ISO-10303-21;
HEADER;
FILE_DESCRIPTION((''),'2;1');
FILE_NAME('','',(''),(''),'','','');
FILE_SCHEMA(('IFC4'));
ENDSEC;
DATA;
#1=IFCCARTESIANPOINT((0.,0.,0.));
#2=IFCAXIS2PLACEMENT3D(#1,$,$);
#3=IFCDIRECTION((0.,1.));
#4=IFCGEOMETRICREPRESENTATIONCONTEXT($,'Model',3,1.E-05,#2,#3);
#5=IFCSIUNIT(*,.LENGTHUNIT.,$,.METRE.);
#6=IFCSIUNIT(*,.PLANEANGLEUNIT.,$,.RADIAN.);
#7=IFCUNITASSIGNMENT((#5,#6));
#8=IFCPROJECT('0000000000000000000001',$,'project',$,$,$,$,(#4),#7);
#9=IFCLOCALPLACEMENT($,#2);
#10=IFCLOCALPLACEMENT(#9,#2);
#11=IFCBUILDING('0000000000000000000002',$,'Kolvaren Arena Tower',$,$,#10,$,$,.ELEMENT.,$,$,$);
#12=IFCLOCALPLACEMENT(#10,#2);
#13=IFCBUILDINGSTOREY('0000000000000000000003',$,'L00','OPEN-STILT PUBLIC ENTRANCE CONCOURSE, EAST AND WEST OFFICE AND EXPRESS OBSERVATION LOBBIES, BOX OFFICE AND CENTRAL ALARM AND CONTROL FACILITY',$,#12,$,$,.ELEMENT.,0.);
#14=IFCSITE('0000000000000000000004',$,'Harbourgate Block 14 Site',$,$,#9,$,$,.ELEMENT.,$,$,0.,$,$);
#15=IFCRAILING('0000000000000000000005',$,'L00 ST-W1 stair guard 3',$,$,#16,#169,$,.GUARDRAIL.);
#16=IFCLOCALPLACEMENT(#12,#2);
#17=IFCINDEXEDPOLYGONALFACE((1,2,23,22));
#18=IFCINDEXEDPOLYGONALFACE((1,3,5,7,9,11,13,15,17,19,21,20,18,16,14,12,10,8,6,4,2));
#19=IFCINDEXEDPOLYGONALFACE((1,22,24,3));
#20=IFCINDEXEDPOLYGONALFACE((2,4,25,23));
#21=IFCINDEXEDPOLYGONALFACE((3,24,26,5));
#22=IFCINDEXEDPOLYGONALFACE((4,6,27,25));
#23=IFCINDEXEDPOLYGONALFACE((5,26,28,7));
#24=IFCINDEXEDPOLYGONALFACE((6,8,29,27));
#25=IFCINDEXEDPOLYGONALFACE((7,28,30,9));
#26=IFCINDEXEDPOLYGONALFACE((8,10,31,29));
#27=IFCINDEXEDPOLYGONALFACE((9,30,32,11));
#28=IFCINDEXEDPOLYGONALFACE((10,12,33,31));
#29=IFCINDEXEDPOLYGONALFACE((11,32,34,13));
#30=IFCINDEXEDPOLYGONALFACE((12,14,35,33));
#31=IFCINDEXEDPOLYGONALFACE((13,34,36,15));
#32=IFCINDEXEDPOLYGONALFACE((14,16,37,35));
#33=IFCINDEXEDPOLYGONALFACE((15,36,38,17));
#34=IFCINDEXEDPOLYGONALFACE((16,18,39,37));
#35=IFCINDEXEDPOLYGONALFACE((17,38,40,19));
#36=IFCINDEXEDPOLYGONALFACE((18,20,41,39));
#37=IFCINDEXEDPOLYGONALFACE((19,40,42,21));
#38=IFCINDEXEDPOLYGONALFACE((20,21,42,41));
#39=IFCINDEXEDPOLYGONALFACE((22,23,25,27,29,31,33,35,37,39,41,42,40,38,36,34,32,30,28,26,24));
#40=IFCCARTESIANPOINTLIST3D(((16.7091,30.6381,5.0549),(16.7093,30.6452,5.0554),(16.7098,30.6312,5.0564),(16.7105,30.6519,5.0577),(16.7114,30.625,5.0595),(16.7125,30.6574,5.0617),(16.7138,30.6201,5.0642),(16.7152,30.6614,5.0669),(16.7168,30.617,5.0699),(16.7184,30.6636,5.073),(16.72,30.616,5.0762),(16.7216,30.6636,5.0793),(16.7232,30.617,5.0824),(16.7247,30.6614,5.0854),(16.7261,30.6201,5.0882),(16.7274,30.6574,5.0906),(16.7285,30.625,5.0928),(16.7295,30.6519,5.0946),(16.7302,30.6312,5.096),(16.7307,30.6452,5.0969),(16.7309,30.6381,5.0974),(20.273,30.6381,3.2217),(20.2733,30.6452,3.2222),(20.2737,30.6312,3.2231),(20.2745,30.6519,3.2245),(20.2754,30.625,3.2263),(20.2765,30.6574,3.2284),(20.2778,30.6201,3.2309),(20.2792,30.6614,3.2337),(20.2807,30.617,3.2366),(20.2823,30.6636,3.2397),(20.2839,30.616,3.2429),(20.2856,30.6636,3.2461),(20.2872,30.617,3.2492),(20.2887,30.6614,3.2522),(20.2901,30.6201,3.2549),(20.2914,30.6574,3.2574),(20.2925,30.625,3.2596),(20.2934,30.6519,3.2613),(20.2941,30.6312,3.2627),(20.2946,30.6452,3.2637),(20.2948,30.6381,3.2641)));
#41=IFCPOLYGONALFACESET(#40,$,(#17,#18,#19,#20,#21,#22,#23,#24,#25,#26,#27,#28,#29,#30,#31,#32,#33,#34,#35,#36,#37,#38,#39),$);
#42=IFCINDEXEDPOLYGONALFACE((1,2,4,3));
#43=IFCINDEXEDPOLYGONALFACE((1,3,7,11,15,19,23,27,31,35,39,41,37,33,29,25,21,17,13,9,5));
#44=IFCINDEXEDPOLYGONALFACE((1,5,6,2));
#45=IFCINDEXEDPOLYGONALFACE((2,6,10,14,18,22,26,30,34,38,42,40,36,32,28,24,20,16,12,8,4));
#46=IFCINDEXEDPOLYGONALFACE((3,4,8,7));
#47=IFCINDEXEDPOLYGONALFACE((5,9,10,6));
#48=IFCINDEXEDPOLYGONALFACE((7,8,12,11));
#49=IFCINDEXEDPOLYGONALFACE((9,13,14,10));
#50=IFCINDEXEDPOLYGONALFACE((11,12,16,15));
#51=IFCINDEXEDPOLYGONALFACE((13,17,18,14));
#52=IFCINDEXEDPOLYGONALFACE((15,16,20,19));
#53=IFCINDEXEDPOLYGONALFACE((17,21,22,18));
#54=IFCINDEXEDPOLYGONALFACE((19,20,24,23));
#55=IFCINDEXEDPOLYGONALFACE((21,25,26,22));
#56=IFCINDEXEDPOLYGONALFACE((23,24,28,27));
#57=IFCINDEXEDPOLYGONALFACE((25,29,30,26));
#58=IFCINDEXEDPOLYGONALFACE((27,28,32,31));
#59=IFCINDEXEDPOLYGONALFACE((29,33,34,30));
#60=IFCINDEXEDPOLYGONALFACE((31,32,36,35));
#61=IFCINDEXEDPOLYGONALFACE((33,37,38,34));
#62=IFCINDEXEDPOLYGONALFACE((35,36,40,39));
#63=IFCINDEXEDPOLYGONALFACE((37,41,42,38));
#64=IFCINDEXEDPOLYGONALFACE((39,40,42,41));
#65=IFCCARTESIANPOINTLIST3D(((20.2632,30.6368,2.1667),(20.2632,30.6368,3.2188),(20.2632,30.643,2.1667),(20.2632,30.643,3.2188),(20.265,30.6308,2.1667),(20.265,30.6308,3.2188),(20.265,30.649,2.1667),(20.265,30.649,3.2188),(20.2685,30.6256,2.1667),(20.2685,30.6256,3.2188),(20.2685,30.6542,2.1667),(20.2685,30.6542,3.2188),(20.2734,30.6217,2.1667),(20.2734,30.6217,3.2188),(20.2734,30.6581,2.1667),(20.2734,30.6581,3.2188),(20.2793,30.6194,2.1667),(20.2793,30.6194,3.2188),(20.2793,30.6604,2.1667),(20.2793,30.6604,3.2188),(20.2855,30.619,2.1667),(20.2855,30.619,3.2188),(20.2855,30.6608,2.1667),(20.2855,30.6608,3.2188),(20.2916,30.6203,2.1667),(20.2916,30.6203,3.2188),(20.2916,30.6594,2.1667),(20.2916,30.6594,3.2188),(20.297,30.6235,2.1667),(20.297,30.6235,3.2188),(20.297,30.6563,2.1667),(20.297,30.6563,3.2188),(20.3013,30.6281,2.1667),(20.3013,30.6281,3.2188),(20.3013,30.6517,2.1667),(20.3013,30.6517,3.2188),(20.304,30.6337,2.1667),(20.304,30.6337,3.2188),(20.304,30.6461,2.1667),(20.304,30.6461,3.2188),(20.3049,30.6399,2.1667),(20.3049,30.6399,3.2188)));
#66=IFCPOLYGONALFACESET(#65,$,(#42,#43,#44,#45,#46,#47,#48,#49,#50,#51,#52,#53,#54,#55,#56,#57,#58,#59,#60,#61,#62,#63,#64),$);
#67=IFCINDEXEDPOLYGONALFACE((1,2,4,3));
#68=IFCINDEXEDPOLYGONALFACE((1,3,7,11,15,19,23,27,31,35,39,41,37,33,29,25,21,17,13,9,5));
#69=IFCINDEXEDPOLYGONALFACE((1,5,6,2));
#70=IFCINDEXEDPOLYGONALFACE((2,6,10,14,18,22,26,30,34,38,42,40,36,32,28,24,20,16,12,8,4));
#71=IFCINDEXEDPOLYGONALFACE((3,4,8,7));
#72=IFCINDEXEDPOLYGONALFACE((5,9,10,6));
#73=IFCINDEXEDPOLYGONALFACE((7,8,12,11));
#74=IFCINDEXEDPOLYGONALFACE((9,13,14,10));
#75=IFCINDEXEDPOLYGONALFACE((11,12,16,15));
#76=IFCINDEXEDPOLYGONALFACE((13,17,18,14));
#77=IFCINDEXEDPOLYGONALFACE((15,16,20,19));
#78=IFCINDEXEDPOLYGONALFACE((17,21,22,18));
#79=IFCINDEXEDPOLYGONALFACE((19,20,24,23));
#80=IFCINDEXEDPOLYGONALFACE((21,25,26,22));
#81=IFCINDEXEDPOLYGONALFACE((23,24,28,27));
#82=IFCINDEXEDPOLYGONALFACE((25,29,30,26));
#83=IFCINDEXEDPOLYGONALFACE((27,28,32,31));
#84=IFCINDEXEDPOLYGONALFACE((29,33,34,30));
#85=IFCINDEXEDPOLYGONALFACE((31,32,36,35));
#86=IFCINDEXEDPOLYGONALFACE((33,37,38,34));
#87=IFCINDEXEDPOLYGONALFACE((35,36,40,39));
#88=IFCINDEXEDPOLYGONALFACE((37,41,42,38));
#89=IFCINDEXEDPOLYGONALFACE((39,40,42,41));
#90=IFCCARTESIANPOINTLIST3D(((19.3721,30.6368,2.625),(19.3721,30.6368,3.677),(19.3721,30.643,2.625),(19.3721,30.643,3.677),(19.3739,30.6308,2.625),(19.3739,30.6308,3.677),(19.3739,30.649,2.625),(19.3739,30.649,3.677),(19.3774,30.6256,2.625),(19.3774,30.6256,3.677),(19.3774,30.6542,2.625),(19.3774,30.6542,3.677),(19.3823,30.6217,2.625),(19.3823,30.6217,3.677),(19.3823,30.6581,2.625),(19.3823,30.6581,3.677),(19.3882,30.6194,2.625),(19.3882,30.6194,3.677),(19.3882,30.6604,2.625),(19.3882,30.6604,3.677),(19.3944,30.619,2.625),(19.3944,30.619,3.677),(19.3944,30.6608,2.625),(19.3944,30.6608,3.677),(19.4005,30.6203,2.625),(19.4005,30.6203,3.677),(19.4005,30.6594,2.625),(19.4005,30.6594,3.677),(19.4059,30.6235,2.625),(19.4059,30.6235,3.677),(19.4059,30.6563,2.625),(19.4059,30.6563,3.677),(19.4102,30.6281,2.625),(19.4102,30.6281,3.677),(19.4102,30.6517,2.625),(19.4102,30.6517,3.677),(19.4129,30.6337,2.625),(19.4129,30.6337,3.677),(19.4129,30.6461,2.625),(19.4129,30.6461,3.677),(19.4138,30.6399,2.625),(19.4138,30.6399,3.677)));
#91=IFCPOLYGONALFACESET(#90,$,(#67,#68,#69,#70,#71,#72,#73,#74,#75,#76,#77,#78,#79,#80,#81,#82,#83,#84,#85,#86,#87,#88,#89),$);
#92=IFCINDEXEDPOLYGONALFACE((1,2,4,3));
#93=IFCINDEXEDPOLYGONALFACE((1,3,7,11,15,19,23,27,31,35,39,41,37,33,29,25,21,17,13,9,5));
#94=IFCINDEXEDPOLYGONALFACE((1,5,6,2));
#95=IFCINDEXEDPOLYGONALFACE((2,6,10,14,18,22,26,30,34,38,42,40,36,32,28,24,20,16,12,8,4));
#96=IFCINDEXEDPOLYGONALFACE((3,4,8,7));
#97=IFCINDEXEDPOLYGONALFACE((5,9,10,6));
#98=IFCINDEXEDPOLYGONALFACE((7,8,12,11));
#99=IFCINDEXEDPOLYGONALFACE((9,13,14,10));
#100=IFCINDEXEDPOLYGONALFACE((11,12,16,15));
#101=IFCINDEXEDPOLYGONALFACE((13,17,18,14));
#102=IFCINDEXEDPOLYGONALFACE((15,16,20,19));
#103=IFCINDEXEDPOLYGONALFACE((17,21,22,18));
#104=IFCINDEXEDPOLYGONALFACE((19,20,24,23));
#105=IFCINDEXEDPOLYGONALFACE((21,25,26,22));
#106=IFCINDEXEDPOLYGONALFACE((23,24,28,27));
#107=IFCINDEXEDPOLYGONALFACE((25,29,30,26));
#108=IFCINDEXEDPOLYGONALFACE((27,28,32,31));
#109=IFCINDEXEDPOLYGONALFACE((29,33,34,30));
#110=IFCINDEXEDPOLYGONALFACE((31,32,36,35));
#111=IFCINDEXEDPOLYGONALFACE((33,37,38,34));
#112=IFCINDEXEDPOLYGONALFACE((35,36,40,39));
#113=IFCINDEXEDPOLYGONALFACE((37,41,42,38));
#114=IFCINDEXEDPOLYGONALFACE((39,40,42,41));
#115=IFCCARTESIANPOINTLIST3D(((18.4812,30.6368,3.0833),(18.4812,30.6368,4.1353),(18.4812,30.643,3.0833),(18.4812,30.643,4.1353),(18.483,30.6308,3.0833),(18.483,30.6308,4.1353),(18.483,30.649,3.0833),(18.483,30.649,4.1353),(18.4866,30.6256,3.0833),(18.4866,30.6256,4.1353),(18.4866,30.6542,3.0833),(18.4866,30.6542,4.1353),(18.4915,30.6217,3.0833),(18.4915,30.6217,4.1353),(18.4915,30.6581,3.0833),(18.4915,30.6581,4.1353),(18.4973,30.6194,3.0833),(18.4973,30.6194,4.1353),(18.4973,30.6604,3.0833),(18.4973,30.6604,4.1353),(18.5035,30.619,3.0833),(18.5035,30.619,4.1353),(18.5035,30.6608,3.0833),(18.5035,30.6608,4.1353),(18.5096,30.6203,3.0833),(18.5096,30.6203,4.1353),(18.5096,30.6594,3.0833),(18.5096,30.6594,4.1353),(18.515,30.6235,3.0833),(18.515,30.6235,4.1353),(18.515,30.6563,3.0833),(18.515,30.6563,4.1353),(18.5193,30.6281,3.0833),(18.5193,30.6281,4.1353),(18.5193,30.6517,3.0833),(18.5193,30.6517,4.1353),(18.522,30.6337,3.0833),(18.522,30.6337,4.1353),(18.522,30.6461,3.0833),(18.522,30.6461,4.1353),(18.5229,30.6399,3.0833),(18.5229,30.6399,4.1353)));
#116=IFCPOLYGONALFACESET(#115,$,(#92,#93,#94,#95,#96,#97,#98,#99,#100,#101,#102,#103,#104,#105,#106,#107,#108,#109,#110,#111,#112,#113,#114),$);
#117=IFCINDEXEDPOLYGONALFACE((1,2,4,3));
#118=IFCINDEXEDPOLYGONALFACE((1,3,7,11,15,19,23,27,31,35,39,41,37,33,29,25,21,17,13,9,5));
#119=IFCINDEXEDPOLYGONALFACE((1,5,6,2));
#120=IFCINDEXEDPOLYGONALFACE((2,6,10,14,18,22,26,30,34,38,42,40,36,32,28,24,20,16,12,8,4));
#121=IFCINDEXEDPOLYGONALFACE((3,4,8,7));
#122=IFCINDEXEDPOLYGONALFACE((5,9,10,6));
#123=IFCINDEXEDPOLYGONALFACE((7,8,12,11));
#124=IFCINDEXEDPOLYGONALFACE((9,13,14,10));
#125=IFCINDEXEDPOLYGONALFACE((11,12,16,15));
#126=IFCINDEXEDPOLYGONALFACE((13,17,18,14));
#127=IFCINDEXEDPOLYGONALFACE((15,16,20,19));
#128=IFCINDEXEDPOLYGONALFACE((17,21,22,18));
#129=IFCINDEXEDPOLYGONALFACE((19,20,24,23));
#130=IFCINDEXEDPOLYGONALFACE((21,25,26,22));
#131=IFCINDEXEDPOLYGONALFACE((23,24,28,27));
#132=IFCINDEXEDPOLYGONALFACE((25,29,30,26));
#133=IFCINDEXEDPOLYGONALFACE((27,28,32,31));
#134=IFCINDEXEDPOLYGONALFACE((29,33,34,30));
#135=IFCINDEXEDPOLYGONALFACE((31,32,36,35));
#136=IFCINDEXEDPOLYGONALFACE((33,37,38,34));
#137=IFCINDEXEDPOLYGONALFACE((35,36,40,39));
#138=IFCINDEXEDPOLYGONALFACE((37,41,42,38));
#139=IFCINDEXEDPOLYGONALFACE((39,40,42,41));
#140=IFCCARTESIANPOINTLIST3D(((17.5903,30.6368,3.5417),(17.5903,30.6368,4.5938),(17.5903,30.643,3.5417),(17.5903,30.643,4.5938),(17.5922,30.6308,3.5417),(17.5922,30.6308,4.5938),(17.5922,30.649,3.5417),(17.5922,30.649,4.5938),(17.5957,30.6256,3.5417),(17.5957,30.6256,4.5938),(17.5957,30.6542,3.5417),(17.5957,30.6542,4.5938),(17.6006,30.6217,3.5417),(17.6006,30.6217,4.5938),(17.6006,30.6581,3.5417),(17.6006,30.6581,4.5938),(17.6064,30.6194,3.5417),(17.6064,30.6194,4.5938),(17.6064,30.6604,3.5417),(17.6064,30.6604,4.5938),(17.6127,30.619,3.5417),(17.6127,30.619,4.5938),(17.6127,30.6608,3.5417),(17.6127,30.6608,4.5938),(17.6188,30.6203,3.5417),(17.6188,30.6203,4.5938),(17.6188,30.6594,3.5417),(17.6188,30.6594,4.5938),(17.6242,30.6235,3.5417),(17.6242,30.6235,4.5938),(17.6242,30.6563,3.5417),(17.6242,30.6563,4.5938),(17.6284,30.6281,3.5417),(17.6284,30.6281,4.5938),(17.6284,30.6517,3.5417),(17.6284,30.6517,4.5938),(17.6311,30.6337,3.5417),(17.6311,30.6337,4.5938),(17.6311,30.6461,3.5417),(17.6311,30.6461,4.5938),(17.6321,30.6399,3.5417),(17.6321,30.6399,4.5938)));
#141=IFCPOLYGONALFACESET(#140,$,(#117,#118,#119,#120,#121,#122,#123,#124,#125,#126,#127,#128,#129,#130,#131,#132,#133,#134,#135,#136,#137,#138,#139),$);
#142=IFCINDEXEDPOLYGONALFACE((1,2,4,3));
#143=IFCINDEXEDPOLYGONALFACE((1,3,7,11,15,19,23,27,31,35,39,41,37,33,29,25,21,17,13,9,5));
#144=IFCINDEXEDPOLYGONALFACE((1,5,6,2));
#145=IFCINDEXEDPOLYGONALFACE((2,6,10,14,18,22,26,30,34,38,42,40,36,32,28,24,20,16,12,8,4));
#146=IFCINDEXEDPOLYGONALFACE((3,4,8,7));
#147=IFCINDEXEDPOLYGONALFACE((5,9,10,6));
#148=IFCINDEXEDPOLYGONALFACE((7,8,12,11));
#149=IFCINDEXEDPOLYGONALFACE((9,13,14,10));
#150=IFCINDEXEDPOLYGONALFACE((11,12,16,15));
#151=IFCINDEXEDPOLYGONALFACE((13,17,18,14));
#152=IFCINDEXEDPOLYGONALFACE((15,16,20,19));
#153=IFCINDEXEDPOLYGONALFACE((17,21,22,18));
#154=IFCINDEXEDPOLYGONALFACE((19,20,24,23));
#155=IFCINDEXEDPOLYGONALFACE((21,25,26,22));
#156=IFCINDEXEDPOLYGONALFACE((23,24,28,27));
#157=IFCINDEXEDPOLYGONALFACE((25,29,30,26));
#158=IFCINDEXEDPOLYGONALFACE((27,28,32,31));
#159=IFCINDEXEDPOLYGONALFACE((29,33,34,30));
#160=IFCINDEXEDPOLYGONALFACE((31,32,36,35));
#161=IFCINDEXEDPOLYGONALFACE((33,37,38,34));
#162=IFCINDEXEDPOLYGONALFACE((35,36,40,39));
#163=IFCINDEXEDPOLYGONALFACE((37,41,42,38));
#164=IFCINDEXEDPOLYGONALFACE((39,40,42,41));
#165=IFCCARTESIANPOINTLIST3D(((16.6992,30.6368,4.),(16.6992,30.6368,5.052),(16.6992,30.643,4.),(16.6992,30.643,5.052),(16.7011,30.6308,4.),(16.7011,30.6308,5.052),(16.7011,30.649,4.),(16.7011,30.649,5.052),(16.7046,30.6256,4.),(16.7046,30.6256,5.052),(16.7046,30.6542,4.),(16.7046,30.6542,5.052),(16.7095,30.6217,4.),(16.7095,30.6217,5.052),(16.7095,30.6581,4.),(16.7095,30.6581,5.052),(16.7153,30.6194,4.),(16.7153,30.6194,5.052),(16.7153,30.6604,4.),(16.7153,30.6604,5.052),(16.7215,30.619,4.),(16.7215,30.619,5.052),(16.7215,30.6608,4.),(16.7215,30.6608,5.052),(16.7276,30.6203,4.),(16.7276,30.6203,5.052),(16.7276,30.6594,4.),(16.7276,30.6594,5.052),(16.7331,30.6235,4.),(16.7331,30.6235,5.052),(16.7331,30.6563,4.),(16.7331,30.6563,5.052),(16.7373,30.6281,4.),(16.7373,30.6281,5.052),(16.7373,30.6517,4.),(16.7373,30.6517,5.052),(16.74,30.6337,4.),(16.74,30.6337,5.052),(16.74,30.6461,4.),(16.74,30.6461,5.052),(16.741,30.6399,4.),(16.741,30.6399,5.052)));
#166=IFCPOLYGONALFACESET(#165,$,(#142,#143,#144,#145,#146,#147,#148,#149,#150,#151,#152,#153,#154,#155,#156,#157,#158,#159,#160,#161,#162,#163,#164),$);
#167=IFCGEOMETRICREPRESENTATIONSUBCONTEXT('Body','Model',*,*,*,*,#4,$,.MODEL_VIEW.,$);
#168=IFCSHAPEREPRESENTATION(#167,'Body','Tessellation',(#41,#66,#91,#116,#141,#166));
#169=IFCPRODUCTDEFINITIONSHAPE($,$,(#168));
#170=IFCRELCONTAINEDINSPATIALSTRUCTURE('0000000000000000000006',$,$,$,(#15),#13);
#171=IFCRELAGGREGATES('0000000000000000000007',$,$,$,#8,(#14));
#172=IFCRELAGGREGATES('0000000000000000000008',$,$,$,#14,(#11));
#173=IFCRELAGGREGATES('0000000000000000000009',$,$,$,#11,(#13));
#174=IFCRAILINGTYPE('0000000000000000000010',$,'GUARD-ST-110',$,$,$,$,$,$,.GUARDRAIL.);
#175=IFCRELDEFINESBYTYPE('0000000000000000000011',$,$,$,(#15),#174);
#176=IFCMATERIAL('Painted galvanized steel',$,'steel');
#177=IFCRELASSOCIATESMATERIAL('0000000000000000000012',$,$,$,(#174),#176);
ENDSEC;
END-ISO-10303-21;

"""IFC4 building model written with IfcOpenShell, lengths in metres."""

from ifc_helpers import new_model, si_unit, direction, frame, origin, origin_2d, place, context, subcontext, project, spatial, circle, extrude, material, type_object, element, save


model = new_model("IFC4")

# Units and contexts
model_context = context("Model", 3, precision=1e-05, world=origin(), true_north=direction((0.0, 1.0)))
body_context = subcontext(model_context, "Body", "Model", "MODEL_VIEW")
ifc_project = project(units=[si_unit("LENGTHUNIT", "METRE"), si_unit("PLANEANGLEUNIT", "RADIAN")], contexts=[model_context])

# Site, building, storey
site_placement = place(None, origin())
site = spatial("IfcSite", under=ifc_project, at=site_placement, Name="Harbourgate Block 14 Site", CompositionType="ELEMENT", RefElevation=0.0)
building_placement = place(site_placement, origin())
building = spatial("IfcBuilding", under=site, at=building_placement, Name="Kolvaren Arena Tower", CompositionType="ELEMENT")
storey_placement = place(building_placement, origin())
storey = spatial("IfcBuildingStorey", under=building, at=storey_placement, Name="L00", Description="OPEN-STILT PUBLIC ENTRANCE CONCOURSE, EAST AND WEST OFFICE AND EXPRESS OBSERVATION LOBBIES, BOX OFFICE AND CENTRAL ALARM AND CONTROL FACILITY", CompositionType="ELEMENT", Elevation=0.0)

# Railing
ifc_material_1 = material(Name="Painted galvanized steel", Category="steel")
railing_type_1 = type_object("IfcRailingType", Name="GUARD-ST-110", PredefinedType="GUARDRAIL", material=ifc_material_1)
railing_1_placement = place(storey_placement, frame((20.2839, 30.6399, 2.1667)))
element("IfcRailing", 1, at=railing_1_placement, inside=storey, type_object=railing_type_1, Name="L00 ST-W1 stair guard 3", PredefinedType="GUARDRAIL", context=body_context, shape_type="SweptSolid", body=[
    extrude(circle(Radius=0.0239, at=origin_2d()), frame((0.0, 0.0, 1.0762), z_axis=(-0.889252, 0.0, 0.457418), x_axis=(0.0, -1.0, 0.0)), (0.0, 0.0, 1.0), 4.0078),
    extrude(circle(Radius=0.021, at=origin_2d()), origin(), (0.0, 0.0, 1.0), 1.052),
    extrude(circle(Radius=0.021, at=origin_2d()), frame((-0.8911, 0.0, 0.4583)), (0.0, 0.0, 1.0), 1.052),
    extrude(circle(Radius=0.021, at=origin_2d()), frame((-1.782, 0.0, 0.9165)), (0.0, 0.0, 1.0), 1.052),
    extrude(circle(Radius=0.021, at=origin_2d()), frame((-2.6729, 0.0, 1.375)), (0.0, 0.0, 1.0), 1.052),
    extrude(circle(Radius=0.021, at=origin_2d()), frame((-3.564, 0.0, 1.8333)), (0.0, 0.0, 1.0), 1.052),
])

save(model, "model.ifc")
